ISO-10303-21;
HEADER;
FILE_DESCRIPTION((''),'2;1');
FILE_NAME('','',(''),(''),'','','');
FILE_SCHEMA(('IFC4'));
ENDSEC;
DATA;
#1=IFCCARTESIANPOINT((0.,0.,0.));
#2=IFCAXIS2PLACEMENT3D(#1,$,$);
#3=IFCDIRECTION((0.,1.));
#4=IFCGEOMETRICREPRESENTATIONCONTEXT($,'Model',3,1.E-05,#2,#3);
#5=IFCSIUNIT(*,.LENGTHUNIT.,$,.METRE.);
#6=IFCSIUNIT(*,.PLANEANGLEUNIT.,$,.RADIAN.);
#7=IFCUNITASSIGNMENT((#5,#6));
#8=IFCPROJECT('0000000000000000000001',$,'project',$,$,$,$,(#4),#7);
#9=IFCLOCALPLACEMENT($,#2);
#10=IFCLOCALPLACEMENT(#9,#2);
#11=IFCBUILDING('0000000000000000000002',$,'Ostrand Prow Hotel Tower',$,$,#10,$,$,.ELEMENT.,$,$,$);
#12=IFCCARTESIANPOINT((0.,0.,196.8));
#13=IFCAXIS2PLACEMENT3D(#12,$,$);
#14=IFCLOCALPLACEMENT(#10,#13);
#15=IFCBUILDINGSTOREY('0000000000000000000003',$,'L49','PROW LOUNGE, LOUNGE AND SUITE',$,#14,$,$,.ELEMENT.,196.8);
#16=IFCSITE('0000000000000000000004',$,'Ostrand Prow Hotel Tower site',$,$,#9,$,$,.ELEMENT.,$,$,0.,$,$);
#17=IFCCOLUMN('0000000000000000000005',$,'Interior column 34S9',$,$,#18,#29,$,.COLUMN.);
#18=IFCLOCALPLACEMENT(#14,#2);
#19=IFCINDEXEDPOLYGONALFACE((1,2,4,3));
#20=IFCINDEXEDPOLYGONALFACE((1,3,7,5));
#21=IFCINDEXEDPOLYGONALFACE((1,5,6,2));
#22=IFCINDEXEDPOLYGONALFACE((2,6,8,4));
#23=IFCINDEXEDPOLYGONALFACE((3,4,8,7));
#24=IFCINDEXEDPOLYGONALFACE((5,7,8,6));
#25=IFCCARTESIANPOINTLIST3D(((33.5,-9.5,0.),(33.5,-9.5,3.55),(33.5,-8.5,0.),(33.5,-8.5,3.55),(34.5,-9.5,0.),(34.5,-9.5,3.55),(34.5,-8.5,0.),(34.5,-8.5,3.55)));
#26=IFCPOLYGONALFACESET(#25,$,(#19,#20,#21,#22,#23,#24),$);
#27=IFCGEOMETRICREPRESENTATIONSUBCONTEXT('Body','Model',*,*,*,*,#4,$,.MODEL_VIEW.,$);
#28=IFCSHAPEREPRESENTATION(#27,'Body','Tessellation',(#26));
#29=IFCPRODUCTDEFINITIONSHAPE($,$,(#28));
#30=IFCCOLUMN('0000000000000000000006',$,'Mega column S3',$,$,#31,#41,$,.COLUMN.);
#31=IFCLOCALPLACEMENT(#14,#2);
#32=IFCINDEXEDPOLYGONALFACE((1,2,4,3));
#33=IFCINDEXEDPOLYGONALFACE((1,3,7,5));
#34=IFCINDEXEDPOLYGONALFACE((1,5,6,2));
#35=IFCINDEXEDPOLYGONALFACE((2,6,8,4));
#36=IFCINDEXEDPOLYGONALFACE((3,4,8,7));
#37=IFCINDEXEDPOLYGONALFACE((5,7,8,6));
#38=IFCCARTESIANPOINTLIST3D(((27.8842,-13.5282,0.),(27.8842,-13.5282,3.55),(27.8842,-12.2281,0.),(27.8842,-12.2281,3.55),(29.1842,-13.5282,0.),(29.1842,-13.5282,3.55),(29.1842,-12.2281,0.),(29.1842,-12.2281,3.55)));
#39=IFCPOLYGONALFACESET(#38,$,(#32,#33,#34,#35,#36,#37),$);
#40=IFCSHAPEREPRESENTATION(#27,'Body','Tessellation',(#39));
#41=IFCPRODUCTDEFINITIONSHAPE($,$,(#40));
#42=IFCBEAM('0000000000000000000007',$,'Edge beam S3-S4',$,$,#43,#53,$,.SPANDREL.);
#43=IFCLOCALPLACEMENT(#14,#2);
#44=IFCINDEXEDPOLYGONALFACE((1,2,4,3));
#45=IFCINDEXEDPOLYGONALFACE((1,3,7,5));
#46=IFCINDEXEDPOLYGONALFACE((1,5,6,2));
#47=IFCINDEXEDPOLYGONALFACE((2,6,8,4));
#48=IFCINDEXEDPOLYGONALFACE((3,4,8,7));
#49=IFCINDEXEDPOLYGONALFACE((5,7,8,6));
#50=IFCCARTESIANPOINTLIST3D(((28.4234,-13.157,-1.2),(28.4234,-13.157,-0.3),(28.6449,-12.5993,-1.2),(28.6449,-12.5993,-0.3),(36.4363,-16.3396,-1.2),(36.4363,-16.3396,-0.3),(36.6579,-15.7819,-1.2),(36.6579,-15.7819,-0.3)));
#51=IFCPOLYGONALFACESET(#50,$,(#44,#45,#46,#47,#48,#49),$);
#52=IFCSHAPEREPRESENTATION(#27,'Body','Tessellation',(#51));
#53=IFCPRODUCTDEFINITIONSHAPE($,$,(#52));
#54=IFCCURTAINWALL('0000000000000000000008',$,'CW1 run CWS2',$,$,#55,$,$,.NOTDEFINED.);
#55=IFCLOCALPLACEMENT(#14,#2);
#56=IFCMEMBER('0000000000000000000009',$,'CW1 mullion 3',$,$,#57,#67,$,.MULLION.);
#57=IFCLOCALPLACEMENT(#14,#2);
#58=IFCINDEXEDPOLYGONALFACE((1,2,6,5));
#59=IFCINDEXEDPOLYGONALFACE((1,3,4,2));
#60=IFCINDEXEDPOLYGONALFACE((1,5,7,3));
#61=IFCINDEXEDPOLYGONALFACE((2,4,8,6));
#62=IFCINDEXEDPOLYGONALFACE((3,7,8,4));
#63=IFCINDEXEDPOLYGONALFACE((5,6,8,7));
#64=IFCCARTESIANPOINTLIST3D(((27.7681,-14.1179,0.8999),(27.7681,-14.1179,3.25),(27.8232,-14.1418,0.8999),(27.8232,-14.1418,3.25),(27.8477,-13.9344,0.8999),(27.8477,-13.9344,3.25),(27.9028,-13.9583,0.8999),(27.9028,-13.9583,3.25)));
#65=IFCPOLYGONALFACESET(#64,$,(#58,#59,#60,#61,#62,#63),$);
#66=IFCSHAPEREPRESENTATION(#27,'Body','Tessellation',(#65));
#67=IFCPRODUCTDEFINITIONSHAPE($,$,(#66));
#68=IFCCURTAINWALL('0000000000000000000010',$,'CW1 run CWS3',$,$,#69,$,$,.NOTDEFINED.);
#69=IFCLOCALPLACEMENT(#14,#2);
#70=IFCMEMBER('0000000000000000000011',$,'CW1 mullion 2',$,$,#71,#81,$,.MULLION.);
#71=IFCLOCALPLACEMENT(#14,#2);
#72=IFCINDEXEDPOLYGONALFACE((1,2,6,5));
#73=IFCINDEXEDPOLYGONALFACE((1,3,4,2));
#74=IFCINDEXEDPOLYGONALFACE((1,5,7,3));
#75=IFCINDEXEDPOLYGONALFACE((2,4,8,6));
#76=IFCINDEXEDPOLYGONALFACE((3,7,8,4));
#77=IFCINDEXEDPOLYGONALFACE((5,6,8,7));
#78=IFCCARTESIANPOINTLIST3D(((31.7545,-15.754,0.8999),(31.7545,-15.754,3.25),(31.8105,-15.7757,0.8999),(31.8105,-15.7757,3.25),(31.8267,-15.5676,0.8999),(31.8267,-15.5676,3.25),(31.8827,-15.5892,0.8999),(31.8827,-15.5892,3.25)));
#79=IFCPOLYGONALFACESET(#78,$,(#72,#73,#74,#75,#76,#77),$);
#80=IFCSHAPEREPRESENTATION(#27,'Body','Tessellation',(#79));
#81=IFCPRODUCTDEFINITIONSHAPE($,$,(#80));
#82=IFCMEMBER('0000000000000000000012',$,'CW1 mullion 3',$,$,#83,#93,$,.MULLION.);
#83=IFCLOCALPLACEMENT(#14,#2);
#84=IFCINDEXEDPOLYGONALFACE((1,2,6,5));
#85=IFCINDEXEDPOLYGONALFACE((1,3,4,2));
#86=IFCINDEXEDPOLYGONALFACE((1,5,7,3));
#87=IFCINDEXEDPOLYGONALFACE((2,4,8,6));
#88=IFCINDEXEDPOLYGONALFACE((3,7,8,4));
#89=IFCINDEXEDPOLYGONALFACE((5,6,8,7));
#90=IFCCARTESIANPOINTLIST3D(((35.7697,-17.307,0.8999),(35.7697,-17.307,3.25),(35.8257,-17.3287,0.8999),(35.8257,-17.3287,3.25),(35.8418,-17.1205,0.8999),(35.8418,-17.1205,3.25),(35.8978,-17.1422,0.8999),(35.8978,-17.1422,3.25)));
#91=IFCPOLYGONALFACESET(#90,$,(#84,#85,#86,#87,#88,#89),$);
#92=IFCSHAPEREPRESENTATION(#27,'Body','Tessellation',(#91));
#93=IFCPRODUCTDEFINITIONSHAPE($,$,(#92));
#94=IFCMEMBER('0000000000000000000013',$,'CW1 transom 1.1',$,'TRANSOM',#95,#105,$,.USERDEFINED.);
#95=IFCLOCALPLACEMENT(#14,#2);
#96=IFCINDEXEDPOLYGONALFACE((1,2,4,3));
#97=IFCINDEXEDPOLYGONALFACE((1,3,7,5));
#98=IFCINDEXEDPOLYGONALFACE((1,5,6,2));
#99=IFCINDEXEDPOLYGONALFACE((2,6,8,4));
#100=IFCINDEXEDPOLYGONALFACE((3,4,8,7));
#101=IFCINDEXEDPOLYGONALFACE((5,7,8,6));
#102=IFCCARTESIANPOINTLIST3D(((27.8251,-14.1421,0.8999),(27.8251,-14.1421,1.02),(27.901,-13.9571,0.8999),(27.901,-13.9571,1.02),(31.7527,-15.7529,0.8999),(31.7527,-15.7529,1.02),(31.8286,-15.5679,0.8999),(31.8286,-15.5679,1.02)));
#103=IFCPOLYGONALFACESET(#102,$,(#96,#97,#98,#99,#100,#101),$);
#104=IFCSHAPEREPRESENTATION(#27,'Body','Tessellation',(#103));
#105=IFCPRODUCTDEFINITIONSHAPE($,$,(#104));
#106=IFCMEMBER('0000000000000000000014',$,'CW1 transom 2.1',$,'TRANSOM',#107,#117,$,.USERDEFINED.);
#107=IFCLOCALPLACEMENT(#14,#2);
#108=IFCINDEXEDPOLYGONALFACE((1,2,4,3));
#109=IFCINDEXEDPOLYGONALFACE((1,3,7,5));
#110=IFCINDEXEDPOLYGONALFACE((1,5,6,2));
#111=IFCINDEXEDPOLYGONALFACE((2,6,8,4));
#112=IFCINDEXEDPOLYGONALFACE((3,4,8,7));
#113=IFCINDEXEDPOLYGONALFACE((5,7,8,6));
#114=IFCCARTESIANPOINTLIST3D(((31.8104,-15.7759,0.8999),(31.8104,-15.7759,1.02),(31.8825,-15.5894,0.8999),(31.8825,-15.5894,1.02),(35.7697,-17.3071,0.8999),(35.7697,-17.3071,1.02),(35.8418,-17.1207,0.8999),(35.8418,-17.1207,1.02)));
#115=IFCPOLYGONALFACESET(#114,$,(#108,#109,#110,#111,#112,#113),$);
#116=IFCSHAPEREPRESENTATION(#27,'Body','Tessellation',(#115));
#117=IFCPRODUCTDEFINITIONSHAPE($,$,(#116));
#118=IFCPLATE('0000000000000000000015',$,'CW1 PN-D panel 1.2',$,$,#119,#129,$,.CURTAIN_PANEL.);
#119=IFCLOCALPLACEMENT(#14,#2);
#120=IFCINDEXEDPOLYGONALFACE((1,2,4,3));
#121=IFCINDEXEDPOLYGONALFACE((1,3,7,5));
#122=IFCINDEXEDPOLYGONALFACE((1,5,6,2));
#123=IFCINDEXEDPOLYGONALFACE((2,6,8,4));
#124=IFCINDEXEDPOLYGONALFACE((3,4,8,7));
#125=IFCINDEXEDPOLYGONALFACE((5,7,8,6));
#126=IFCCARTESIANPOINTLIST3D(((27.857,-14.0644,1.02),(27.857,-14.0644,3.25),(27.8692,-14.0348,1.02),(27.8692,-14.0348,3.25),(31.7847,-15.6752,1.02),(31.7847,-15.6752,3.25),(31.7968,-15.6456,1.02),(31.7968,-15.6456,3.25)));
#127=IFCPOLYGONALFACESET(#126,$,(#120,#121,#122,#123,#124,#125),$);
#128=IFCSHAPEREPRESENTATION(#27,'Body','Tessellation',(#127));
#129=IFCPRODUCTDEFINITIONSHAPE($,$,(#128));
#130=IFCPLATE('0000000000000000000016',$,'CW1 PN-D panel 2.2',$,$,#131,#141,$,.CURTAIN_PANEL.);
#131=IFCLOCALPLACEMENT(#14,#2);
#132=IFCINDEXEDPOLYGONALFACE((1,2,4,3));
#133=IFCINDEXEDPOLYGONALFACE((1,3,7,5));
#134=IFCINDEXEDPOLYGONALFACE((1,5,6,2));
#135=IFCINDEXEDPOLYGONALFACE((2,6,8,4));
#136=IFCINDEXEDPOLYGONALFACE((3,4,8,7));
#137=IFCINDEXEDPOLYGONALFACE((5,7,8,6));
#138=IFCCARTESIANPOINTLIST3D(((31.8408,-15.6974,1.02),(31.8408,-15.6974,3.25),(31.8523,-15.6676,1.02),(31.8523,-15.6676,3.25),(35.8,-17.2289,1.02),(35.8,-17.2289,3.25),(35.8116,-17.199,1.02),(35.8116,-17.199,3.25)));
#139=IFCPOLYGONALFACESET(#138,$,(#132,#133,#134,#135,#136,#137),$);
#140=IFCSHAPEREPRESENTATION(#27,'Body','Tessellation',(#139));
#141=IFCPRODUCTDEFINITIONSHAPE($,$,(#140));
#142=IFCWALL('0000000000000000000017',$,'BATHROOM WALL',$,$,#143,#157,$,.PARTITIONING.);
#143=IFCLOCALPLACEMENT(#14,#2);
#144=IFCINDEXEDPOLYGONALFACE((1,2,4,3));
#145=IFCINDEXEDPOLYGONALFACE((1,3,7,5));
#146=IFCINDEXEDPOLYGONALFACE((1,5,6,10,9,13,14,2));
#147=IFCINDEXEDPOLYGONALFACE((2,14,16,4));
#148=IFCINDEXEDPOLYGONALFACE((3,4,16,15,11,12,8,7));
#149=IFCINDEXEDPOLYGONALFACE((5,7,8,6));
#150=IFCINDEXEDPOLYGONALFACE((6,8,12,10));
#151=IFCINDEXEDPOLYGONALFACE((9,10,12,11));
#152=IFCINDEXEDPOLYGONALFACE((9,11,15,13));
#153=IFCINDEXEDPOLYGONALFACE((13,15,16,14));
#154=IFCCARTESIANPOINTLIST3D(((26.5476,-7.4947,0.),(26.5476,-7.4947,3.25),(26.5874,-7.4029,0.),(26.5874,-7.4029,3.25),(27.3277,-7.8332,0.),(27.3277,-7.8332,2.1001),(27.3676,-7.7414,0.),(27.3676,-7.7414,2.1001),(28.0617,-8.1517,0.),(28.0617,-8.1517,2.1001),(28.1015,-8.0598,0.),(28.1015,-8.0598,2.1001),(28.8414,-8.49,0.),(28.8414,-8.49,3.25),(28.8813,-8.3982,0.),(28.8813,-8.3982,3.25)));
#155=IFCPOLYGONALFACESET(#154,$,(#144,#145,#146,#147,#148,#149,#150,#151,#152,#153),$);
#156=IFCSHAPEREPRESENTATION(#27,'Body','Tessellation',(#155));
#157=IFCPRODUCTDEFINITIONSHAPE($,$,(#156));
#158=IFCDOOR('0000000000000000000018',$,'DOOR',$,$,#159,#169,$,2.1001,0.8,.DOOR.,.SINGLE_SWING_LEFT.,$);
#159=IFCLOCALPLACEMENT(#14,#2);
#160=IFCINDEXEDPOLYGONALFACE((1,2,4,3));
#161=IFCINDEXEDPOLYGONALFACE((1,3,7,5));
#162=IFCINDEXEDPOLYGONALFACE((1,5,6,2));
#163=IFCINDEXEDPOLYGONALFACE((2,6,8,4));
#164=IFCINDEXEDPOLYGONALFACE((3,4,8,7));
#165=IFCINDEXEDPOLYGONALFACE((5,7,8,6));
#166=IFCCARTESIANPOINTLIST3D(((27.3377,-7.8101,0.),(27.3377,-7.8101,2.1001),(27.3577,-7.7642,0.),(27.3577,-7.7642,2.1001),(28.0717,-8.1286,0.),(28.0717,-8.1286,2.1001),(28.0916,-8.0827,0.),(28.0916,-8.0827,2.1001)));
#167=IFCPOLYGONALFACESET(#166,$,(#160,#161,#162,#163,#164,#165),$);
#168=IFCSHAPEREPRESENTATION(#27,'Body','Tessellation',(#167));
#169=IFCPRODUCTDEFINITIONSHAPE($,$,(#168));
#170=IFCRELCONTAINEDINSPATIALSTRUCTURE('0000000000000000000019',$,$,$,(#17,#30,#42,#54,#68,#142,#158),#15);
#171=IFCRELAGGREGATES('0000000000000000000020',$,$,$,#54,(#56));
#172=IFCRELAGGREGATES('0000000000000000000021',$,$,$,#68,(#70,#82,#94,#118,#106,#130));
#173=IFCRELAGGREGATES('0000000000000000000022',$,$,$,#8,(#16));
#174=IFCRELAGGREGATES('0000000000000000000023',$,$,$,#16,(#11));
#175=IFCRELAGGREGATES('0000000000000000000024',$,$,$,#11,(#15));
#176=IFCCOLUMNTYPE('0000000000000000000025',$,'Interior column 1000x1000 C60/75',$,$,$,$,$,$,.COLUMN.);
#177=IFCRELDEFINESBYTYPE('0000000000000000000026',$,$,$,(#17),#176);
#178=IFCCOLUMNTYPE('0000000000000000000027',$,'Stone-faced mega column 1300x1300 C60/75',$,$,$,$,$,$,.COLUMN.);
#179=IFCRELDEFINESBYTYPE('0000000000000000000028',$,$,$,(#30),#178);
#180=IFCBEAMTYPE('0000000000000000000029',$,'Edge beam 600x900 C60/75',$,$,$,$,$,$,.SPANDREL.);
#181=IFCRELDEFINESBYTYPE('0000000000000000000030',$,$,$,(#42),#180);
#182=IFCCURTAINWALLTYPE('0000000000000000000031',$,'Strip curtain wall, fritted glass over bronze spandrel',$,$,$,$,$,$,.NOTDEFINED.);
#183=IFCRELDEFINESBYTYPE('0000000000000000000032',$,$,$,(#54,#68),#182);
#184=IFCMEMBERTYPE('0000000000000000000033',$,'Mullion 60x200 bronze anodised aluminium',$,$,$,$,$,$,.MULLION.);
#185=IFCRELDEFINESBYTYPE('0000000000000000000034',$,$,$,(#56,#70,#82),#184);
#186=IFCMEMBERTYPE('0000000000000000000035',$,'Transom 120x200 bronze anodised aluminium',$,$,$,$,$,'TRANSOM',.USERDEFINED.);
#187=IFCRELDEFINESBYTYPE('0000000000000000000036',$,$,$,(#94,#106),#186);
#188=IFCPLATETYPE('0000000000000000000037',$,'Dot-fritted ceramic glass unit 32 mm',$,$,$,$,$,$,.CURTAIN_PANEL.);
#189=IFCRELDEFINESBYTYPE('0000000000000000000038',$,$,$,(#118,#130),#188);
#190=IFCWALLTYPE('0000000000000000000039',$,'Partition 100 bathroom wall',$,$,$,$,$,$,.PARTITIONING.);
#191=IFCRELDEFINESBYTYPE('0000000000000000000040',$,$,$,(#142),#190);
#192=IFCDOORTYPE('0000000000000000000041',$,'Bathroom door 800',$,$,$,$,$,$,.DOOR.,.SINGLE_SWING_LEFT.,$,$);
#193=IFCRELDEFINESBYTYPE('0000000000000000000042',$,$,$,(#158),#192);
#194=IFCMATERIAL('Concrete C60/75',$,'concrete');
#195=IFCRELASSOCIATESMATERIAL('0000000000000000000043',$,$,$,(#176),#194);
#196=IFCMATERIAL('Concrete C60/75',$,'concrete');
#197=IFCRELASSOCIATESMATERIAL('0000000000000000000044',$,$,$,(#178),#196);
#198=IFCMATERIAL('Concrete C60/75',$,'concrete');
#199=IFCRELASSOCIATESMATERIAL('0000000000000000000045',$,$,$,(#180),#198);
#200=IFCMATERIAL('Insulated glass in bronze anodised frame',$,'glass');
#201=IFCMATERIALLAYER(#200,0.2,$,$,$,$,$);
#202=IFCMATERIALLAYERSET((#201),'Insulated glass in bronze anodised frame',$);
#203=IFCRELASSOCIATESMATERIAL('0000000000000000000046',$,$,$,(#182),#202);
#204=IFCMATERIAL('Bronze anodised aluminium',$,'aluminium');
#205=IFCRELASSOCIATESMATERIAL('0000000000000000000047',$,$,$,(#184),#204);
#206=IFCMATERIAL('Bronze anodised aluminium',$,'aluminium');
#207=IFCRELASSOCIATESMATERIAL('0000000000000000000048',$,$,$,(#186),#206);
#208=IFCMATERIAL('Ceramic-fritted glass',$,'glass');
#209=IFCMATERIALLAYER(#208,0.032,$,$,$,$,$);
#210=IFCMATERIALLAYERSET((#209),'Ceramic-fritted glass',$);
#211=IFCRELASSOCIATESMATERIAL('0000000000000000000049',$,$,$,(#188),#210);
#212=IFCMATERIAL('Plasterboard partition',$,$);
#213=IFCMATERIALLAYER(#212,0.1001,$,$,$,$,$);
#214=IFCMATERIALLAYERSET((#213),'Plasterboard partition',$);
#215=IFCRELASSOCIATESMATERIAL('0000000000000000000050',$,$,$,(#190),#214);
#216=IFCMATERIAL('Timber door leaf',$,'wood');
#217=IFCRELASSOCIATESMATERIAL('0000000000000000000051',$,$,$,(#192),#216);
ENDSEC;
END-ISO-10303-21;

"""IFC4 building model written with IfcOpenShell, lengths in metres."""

from ifc_helpers import new_model, si_unit, direction, frame, frame_2d, origin, origin_2d, place, context, subcontext, project, spatial, rectangle, extrude, material, layer, layer_set, material_profile, profile_set, type_object, element, fill, aggregate, save


model = new_model("IFC4")

# Units and contexts
model_context = context("Model", 3, precision=1e-05, world=origin(), true_north=direction((0.0, 1.0)))
body_context = subcontext(model_context, "Body", "Model", "MODEL_VIEW")
ifc_project = project(units=[si_unit("LENGTHUNIT", "METRE"), si_unit("PLANEANGLEUNIT", "RADIAN")], contexts=[model_context])

# Site, building, storey
site_placement = place(None, origin())
site = spatial("IfcSite", under=ifc_project, at=site_placement, Name="Ostrand Prow Hotel Tower site", CompositionType="ELEMENT", RefElevation=0.0)
building_placement = place(site_placement, origin())
building = spatial("IfcBuilding", under=site, at=building_placement, Name="Ostrand Prow Hotel Tower", CompositionType="ELEMENT")
storey_placement = place(building_placement, frame((0.0, 0.0, 196.8)))
storey = spatial("IfcBuildingStorey", under=building, at=storey_placement, Name="L49", Description="PROW LOUNGE, LOUNGE AND SUITE", CompositionType="ELEMENT", Elevation=196.8)

# Columns
ifc_material_1 = material(Name="Concrete C60/75", Category="concrete")
ifc_material_profile_1 = material_profile(ifc_material_1, rectangle(XDim=1.0, YDim=1.0, at=origin_2d()), Name="RC 1000x1000")
ifc_profile_set_1 = profile_set([ifc_material_profile_1], Name="Concrete C60/75")
column_type_1 = type_object("IfcColumnType", Name="Interior column 1000x1000 C60/75", PredefinedType="COLUMN", material=ifc_profile_set_1)
column_1_placement = place(storey_placement, frame((34.0, -9.0, 0.0), z_axis=(0.0, 0.0, 1.0), x_axis=(1.0, 0.0, 0.0)))
element("IfcColumn", 1, at=column_1_placement, inside=storey, type_object=column_type_1, Name="Interior column 34S9", PredefinedType="COLUMN", context=body_context, shape_type="SweptSolid", body=[
    extrude(rectangle(XDim=1.0, YDim=1.0, at=origin_2d()), origin(), (0.0, 0.0, 1.0), 3.55),
])
ifc_material_2 = material(Name="Concrete C60/75", Category="concrete")
ifc_material_profile_2 = material_profile(ifc_material_2, rectangle(XDim=1.3, YDim=1.3, at=origin_2d()), Name="RC 1300x1300")
ifc_profile_set_2 = profile_set([ifc_material_profile_2], Name="Concrete C60/75")
column_type_2 = type_object("IfcColumnType", Name="Stone-faced mega column 1300x1300 C60/75", PredefinedType="COLUMN", material=ifc_profile_set_2)
column_2_placement = place(storey_placement, frame((28.5342, -12.8782, 0.0), z_axis=(0.0, 0.0, 1.0), x_axis=(1.0, 0.0, 0.0)))
element("IfcColumn", 2, at=column_2_placement, inside=storey, type_object=column_type_2, Name="Mega column S3", PredefinedType="COLUMN", context=body_context, shape_type="SweptSolid", body=[
    extrude(rectangle(XDim=1.3, YDim=1.3, at=origin_2d()), origin(), (0.0, 0.0, 1.0), 3.55),
])

# Beam
ifc_material_3 = material(Name="Concrete C60/75", Category="concrete")
ifc_material_profile_3 = material_profile(ifc_material_3, rectangle(XDim=0.6001, YDim=0.8999, at=origin_2d()), Name="RC 600x900")
ifc_profile_set_3 = profile_set([ifc_material_profile_3], Name="Concrete C60/75")
beam_type = type_object("IfcBeamType", Name="Edge beam 600x900 C60/75", PredefinedType="SPANDREL", material=ifc_profile_set_3)
beam_placement = place(storey_placement, frame((28.5342, -12.8782, -0.75), z_axis=(0.929376, -0.369134, 0.0), x_axis=(0.369134, 0.929376, 0.0)))
element("IfcBeam", 3, at=beam_placement, inside=storey, type_object=beam_type, Name="Edge beam S3-S4", PredefinedType="SPANDREL", context=body_context, shape_type="SweptSolid", body=[
    extrude(rectangle(XDim=0.6001, YDim=0.8999, at=origin_2d()), origin(), (0.0, 0.0, 1.0), 8.6218),
])

# Curtain wall, member
ifc_material_4 = material(Name="Insulated glass in bronze anodised frame", Category="glass")
ifc_layer_1 = layer(ifc_material_4, 0.2)
ifc_layer_set_1 = layer_set([ifc_layer_1], Name="Insulated glass in bronze anodised frame")
curtain_wall_type = type_object("IfcCurtainWallType", Name="Strip curtain wall, fritted glass over bronze spandrel", PredefinedType="NOTDEFINED", material=ifc_layer_set_1)
curtain_wall_1_placement = place(storey_placement, origin())
curtain_wall_1 = element("IfcCurtainWall", 4, at=curtain_wall_1_placement, inside=storey, type_object=curtain_wall_type, Name="CW1 run CWS2", PredefinedType="NOTDEFINED")
ifc_material_5 = material(Name="Bronze anodised aluminium", Category="aluminium")
ifc_material_profile_4 = material_profile(ifc_material_5, rectangle(XDim=0.2, YDim=0.0601, at=origin_2d()), Name="Mullion 60x200 bronze anodised aluminium")
ifc_profile_set_4 = profile_set([ifc_material_profile_4], Name="Bronze anodised aluminium")
member_type_1 = type_object("IfcMemberType", Name="Mullion 60x200 bronze anodised aluminium", PredefinedType="MULLION", material=ifc_profile_set_4)
member_1_placement = place(storey_placement, frame((27.8354, -14.0381, 0.8999), z_axis=(0.0, 0.0, 1.0), x_axis=(0.398005, 0.917383, 0.0)))
member_1 = element("IfcMember", 5, at=member_1_placement, type_object=member_type_1, Name="CW1 mullion 3", PredefinedType="MULLION", context=body_context, shape_type="SweptSolid", body=[
    extrude(rectangle(XDim=0.2, YDim=0.0601, at=origin_2d()), origin(), (0.0, 0.0, 1.0), 2.3501),
])
aggregate(curtain_wall_1, [member_1])

# Curtain wall, members, plates
curtain_wall_2_placement = place(storey_placement, origin())
curtain_wall_2 = element("IfcCurtainWall", 6, at=curtain_wall_2_placement, inside=storey, type_object=curtain_wall_type, Name="CW1 run CWS3", PredefinedType="NOTDEFINED")
member_2_placement = place(storey_placement, frame((31.8186, -15.6716, 0.8999), z_axis=(0.0, 0.0, 1.0), x_axis=(0.360749, 0.932663, 0.0)))
member_2 = element("IfcMember", 7, at=member_2_placement, type_object=member_type_1, Name="CW1 mullion 2", PredefinedType="MULLION", context=body_context, shape_type="SweptSolid", body=[
    extrude(rectangle(XDim=0.2, YDim=0.0601, at=origin_2d()), origin(), (0.0, 0.0, 1.0), 2.3501),
])
member_3_placement = place(storey_placement, frame((35.8337, -17.2246, 0.8999), z_axis=(0.0, 0.0, 1.0), x_axis=(0.360749, 0.932663, 0.0)))
member_3 = element("IfcMember", 8, at=member_3_placement, type_object=member_type_1, Name="CW1 mullion 3", PredefinedType="MULLION", context=body_context, shape_type="SweptSolid", body=[
    extrude(rectangle(XDim=0.2, YDim=0.0601, at=origin_2d()), origin(), (0.0, 0.0, 1.0), 2.3501),
])
ifc_material_6 = material(Name="Bronze anodised aluminium", Category="aluminium")
ifc_material_profile_5 = material_profile(ifc_material_6, rectangle(XDim=0.2, YDim=0.1201, at=origin_2d()), Name="Transom 120x200 bronze anodised aluminium")
ifc_profile_set_5 = profile_set([ifc_material_profile_5], Name="Bronze anodised aluminium")
member_type_2 = type_object("IfcMemberType", Name="Transom 120x200 bronze anodised aluminium", ElementType="TRANSOM", PredefinedType="USERDEFINED", material=ifc_profile_set_5)
member_4_placement = place(storey_placement, frame((27.863, -14.0496, 0.96), z_axis=(0.925213, -0.379448, 0.0), x_axis=(0.379448, 0.925213, 0.0)))
member_4 = element("IfcMember", 9, at=member_4_placement, type_object=member_type_2, Name="CW1 transom 1.1", ObjectType="TRANSOM", PredefinedType="USERDEFINED", context=body_context, shape_type="SweptSolid", body=[
    extrude(rectangle(XDim=0.2, YDim=0.1201, at=origin_2d()), origin(), (0.0, 0.0, 1.0), 4.2451),
])
member_5_placement = place(storey_placement, frame((31.8464, -15.6826, 0.96), z_axis=(0.932675, -0.360717, 0.0), x_axis=(0.360717, 0.932675, 0.0)))
member_5 = element("IfcMember", 10, at=member_5_placement, type_object=member_type_2, Name="CW1 transom 2.1", ObjectType="TRANSOM", PredefinedType="USERDEFINED", context=body_context, shape_type="SweptSolid", body=[
    extrude(rectangle(XDim=0.2, YDim=0.1201, at=origin_2d()), origin(), (0.0, 0.0, 1.0), 4.2451),
])
ifc_material_7 = material(Name="Ceramic-fritted glass", Category="glass")
ifc_layer_2 = layer(ifc_material_7, 0.032)
ifc_layer_set_2 = layer_set([ifc_layer_2], Name="Ceramic-fritted glass")
plate_type = type_object("IfcPlateType", Name="Dot-fritted ceramic glass unit 32 mm", PredefinedType="CURTAIN_PANEL", material=ifc_layer_set_2)
plate_1_placement = place(storey_placement, frame((29.8269, -14.855, 1.02), z_axis=(0.0, 0.0, 1.0), x_axis=(0.925211, -0.379453, 0.0)))
plate_1 = element("IfcPlate", 11, at=plate_1_placement, type_object=plate_type, Name="CW1 PN-D panel 1.2", PredefinedType="CURTAIN_PANEL", context=body_context, shape_type="SweptSolid", body=[
    extrude(rectangle(XDim=4.2451, YDim=0.032, at=origin_2d()), origin(), (0.0, 0.0, 1.0), 2.23),
])
plate_2_placement = place(storey_placement, frame((33.8262, -16.4482, 1.02), z_axis=(0.0, 0.0, 1.0), x_axis=(0.932663, -0.360749, 0.0)))
plate_2 = element("IfcPlate", 12, at=plate_2_placement, type_object=plate_type, Name="CW1 PN-D panel 2.2", PredefinedType="CURTAIN_PANEL", context=body_context, shape_type="SweptSolid", body=[
    extrude(rectangle(XDim=4.2451, YDim=0.032, at=origin_2d()), origin(), (0.0, 0.0, 1.0), 2.23),
])
aggregate(curtain_wall_2, [member_2, member_3, member_4, plate_1, member_5, plate_2])

# Wall, opening, door
ifc_material_8 = material(Name="Plasterboard partition")
ifc_layer_3 = layer(ifc_material_8, 0.1001)
ifc_layer_set_3 = layer_set([ifc_layer_3], Name="Plasterboard partition")
wall_type_1 = type_object("IfcWallType", Name="Partition 100 bathroom wall", PredefinedType="PARTITIONING", material=ifc_layer_set_3)
wall_1_placement = place(storey_placement, frame((28.8613, -8.4441, 0.0), z_axis=(0.0, 0.0, 1.0), x_axis=(-0.917363, 0.398051, 0.0)))
wall_1 = element("IfcWall", 13, at=wall_1_placement, inside=storey, type_object=wall_type_1, Name="BATHROOM WALL", PredefinedType="PARTITIONING", context=body_context, shape_type="SweptSolid", body=[
    extrude(rectangle(XDim=2.5005, YDim=0.1001, at=frame_2d((1.2502, 0.0))), origin(), (0.0, 0.0, 1.0), 3.25),
])
opening_1_placement = place(wall_1_placement, frame((0.8501, 0.0, 0.0)))
opening_1 = element("IfcOpeningElement", 14, at=opening_1_placement, cuts=wall_1, PredefinedType="OPENING", context=body_context, shape_type="SweptSolid", body=[
    extrude(rectangle(XDim=0.8, YDim=2.1001, at=frame_2d((0.3999, 1.05))), frame((0.0, 0.0601, 0.0), z_axis=(0.0, -1.0, 0.0), x_axis=(1.0, 0.0, 0.0)), (0.0, 0.0, 1.0), 0.1201),
])
ifc_material_9 = material(Name="Timber door leaf", Category="wood")
door_type_1 = type_object("IfcDoorType", Name="Bathroom door 800", OperationType="SINGLE_SWING_LEFT", PredefinedType="DOOR", material=ifc_material_9)
door_1_placement = place(opening_1_placement, origin())
door_1 = element("IfcDoor", 15, at=door_1_placement, inside=storey, type_object=door_type_1, Name="DOOR", OperationType="SINGLE_SWING_LEFT", OverallHeight=2.1001, OverallWidth=0.8, PredefinedType="DOOR", context=body_context, shape_type="SweptSolid", body=[
    extrude(rectangle(XDim=0.8, YDim=2.1001, at=frame_2d((0.3999, 1.05))), frame((0.0, 0.0249, 0.0), z_axis=(0.0, -1.0, 0.0), x_axis=(1.0, 0.0, 0.0)), (0.0, 0.0, 1.0), 0.05),
])
fill(opening_1, door_1)

save(model, "model.ifc")
